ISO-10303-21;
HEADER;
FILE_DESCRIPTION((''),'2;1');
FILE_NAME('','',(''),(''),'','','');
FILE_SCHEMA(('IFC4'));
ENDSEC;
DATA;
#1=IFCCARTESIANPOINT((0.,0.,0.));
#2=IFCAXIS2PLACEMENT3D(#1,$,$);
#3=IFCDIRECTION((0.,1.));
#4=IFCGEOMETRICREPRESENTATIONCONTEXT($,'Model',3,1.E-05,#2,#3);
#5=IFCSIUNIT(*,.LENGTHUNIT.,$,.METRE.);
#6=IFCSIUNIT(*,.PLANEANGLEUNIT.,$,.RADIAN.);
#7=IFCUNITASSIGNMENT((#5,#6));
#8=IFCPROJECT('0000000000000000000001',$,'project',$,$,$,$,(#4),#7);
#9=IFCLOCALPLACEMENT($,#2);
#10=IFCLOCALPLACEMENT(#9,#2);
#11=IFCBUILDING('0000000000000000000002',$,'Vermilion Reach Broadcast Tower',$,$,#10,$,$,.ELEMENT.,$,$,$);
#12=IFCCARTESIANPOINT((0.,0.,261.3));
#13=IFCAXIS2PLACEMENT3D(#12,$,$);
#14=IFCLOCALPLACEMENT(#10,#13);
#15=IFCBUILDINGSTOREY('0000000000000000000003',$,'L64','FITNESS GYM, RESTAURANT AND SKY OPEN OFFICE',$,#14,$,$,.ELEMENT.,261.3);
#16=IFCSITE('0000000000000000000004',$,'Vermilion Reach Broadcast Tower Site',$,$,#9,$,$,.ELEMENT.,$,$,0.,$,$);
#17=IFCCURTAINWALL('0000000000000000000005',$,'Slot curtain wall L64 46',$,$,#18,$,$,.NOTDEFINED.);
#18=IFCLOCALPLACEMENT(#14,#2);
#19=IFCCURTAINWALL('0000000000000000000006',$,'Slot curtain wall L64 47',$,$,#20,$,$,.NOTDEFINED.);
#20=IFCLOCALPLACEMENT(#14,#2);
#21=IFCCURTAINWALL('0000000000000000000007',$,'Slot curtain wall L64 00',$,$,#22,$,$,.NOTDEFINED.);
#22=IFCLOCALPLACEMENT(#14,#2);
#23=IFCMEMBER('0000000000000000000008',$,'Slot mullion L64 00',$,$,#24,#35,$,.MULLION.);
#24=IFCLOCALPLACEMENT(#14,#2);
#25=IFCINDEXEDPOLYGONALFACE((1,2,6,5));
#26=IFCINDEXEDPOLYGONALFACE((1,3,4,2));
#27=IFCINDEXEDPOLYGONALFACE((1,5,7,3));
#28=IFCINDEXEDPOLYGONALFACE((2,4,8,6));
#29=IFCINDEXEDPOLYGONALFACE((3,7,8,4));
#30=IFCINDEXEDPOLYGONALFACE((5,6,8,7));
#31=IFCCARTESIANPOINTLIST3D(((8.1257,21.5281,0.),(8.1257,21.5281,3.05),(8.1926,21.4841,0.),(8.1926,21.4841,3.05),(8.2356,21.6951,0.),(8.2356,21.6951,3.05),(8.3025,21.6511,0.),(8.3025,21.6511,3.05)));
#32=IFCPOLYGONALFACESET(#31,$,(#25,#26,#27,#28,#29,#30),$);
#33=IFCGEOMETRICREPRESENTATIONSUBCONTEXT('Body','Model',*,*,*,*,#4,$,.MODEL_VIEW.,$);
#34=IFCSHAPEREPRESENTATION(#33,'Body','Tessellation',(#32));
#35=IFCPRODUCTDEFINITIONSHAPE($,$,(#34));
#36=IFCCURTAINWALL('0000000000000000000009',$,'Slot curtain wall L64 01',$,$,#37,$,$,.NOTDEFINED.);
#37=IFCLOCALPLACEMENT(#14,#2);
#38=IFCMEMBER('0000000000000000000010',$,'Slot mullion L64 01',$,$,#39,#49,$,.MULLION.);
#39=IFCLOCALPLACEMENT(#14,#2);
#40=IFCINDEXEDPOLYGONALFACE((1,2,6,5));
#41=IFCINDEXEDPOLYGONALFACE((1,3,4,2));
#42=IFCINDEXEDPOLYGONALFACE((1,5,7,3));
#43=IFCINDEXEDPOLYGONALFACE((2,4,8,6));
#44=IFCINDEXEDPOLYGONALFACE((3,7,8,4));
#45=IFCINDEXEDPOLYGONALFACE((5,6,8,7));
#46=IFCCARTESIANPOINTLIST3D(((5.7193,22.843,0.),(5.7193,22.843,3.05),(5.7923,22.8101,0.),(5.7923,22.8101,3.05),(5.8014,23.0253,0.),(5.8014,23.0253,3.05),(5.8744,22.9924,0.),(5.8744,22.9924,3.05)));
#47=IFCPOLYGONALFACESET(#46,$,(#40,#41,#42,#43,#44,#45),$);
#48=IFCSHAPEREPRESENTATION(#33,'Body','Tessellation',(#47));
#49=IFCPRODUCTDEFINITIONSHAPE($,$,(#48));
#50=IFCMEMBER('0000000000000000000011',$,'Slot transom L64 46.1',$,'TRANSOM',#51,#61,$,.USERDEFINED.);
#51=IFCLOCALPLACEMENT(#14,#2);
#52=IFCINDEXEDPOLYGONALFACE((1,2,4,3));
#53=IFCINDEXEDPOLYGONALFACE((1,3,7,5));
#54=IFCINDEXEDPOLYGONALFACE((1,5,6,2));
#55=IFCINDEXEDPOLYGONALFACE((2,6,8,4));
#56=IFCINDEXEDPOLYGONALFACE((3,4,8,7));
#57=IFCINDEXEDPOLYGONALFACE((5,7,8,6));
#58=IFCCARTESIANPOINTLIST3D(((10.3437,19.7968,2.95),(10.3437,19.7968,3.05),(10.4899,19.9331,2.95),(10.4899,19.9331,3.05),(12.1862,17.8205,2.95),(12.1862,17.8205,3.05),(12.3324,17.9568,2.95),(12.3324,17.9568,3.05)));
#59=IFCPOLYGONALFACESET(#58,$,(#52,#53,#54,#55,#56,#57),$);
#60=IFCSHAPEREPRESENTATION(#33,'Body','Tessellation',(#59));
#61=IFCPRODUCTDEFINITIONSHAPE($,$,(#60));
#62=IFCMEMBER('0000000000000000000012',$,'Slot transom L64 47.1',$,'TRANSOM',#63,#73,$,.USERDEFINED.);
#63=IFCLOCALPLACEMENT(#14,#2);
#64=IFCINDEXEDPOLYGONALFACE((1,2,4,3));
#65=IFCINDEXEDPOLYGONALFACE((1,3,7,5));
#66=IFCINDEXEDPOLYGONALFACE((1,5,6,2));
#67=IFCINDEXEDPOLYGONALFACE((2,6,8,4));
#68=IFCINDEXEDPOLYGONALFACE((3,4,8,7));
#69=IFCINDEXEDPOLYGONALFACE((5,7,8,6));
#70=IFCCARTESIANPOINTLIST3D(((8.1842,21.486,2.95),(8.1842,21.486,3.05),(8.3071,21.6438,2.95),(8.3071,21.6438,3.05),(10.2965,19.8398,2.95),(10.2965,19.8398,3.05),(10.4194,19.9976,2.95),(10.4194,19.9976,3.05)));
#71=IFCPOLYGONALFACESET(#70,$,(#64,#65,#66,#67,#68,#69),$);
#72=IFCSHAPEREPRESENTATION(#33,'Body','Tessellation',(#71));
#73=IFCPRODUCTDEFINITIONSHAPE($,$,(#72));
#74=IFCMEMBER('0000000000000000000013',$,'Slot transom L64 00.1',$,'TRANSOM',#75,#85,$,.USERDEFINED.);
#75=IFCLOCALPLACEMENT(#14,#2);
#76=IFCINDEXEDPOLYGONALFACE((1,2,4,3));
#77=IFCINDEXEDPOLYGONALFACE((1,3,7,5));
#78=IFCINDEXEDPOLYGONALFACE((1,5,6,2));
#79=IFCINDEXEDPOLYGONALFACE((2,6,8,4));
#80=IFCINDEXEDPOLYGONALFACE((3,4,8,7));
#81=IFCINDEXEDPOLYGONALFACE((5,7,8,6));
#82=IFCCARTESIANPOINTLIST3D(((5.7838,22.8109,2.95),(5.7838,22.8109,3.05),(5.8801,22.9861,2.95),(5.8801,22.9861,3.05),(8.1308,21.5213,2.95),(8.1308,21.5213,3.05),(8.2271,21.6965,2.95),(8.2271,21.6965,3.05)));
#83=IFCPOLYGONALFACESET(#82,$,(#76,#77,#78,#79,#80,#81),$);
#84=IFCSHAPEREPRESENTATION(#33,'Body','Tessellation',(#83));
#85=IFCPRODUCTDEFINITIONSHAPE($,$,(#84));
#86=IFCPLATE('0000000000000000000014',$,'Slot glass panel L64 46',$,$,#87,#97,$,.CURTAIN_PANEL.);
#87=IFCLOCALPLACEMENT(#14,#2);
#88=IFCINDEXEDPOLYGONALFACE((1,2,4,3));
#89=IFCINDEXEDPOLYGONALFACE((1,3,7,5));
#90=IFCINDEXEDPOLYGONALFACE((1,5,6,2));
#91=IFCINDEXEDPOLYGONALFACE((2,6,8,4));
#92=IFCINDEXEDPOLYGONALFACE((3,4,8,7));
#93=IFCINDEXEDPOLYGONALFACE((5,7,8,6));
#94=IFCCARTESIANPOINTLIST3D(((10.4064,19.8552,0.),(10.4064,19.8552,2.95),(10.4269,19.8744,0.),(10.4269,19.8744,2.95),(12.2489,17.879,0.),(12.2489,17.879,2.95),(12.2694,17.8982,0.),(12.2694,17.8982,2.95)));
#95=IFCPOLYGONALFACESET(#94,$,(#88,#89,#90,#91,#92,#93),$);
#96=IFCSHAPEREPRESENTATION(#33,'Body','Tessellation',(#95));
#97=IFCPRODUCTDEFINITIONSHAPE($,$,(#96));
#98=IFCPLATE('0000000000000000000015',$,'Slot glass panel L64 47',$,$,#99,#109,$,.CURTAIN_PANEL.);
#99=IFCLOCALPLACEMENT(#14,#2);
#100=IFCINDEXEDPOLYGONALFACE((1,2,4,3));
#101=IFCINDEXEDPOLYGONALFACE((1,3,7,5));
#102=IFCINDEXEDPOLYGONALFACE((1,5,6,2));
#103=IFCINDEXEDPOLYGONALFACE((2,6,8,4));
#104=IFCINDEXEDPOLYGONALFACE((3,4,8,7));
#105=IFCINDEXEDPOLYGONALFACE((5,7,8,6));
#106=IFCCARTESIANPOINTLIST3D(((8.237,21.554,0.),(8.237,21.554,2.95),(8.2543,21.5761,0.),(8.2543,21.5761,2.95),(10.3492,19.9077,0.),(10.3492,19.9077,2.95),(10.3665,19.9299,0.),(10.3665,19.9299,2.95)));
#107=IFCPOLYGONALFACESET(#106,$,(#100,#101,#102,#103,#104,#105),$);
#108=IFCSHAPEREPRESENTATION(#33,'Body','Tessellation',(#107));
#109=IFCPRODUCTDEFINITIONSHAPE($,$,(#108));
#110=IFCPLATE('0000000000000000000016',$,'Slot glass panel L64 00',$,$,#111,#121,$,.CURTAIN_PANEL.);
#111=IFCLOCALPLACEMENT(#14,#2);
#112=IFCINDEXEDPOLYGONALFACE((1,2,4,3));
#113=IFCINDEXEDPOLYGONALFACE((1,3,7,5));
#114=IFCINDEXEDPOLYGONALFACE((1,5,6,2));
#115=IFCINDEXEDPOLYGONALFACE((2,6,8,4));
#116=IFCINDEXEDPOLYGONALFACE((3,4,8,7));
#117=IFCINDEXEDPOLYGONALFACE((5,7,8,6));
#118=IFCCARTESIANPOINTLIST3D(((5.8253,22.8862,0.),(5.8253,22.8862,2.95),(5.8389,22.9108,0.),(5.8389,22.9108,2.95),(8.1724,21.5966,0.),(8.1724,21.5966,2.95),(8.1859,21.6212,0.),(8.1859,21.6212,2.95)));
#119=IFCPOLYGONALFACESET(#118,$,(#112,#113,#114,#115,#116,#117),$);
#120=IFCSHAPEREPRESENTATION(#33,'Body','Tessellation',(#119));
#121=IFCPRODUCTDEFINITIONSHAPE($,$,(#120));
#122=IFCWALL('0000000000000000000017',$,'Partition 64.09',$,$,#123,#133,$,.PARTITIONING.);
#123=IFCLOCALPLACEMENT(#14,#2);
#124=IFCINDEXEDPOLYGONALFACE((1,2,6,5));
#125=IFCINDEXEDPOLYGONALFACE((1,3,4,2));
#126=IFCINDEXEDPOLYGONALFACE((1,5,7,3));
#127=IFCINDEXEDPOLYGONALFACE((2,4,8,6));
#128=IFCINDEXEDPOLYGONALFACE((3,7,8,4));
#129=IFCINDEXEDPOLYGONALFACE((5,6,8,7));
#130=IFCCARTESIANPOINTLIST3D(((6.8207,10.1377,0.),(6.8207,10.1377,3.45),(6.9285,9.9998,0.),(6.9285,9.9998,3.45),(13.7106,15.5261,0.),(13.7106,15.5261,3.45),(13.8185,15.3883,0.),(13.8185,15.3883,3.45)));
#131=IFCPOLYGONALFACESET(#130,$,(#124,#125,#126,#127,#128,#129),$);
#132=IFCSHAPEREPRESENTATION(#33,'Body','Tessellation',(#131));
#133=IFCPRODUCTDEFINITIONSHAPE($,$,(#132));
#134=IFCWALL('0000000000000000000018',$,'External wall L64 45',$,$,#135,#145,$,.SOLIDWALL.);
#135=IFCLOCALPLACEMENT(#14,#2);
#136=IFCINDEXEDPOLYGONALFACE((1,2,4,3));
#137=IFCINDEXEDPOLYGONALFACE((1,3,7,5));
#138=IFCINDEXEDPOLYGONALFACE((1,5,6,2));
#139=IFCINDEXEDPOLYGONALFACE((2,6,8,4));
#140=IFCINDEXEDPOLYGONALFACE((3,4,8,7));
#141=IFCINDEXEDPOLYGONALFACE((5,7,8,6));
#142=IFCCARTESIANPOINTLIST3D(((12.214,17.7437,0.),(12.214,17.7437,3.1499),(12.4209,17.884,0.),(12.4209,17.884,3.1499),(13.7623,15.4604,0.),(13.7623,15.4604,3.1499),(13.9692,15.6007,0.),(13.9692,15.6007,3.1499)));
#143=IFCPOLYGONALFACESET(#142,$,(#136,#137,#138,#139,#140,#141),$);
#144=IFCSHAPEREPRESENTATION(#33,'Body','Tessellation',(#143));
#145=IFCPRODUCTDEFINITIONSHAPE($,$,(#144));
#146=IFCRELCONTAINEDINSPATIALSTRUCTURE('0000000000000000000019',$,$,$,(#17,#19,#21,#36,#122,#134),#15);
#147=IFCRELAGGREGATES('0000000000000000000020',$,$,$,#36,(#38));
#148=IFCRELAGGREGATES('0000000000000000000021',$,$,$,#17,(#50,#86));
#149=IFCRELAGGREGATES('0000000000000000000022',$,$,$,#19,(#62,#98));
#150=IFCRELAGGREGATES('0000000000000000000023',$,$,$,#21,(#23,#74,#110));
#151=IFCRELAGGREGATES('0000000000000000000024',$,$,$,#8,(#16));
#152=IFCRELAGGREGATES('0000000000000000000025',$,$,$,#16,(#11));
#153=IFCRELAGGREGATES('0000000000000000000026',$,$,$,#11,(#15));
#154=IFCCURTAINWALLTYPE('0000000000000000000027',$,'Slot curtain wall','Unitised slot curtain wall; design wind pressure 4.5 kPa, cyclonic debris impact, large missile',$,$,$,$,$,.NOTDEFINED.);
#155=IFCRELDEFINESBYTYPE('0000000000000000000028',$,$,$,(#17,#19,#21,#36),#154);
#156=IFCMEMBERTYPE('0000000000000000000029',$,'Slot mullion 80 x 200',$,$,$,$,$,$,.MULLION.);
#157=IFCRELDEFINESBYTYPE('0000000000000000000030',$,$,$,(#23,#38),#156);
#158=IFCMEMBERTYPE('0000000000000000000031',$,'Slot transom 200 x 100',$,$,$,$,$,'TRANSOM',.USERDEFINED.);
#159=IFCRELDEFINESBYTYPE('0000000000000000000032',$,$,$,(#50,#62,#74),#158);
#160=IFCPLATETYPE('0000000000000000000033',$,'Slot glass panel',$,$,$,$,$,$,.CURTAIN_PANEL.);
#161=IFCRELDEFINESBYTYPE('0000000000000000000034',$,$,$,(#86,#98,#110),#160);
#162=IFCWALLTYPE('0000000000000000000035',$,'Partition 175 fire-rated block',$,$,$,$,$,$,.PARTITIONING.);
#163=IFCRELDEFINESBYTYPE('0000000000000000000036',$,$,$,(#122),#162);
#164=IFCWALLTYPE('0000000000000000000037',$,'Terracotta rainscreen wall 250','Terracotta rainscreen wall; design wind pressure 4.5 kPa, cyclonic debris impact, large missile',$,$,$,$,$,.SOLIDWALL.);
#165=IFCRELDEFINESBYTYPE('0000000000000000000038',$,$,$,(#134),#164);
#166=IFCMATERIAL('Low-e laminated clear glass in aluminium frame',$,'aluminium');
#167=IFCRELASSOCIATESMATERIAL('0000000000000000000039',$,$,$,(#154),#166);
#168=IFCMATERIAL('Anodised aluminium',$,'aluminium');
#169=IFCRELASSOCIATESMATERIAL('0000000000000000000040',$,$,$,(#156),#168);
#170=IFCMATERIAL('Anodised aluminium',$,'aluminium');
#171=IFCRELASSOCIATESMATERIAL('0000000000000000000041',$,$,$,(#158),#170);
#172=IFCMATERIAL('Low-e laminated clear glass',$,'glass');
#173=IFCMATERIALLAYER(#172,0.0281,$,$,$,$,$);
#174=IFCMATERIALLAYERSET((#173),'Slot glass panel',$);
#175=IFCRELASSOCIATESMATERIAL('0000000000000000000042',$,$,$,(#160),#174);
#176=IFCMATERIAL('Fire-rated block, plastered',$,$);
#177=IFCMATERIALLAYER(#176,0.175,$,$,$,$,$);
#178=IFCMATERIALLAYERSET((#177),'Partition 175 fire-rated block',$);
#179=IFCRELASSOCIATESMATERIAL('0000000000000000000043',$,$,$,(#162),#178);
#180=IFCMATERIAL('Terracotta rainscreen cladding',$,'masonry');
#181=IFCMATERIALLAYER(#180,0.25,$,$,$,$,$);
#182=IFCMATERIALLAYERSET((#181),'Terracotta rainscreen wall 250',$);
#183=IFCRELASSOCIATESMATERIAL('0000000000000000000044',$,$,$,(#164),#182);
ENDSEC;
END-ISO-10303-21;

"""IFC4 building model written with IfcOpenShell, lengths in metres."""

from ifc_helpers import new_model, si_unit, direction, frame, frame_2d, origin, origin_2d, place, context, subcontext, project, spatial, rectangle, extrude, material, layer, layer_set, material_profile, profile_set, type_object, element, aggregate, save


model = new_model("IFC4")

# Units and contexts
model_context = context("Model", 3, precision=1e-05, world=origin(), true_north=direction((0.0, 1.0)))
body_context = subcontext(model_context, "Body", "Model", "MODEL_VIEW")
ifc_project = project(units=[si_unit("LENGTHUNIT", "METRE"), si_unit("PLANEANGLEUNIT", "RADIAN")], contexts=[model_context])

# Site, building, storey
site_placement = place(None, origin())
site = spatial("IfcSite", under=ifc_project, at=site_placement, Name="Vermilion Reach Broadcast Tower Site", CompositionType="ELEMENT", RefElevation=0.0)
building_placement = place(site_placement, origin())
building = spatial("IfcBuilding", under=site, at=building_placement, Name="Vermilion Reach Broadcast Tower", CompositionType="ELEMENT")
storey_placement = place(building_placement, frame((0.0, 0.0, 261.3)))
storey = spatial("IfcBuildingStorey", under=building, at=storey_placement, Name="L64", Description="FITNESS GYM, RESTAURANT AND SKY OPEN OFFICE", CompositionType="ELEMENT", Elevation=261.3)

# Curtain walls, members
ifc_material_1 = material(Name="Low-e laminated clear glass in aluminium frame", Category="aluminium")
curtain_wall_type = type_object("IfcCurtainWallType", Name="Slot curtain wall", Description="Unitised slot curtain wall; design wind pressure 4.5 kPa, cyclonic debris impact, large missile", PredefinedType="NOTDEFINED", material=ifc_material_1)
placement = place(storey_placement, origin())
curtain_wall_1 = element("IfcCurtainWall", 1, at=placement, inside=storey, type_object=curtain_wall_type, Name="Slot curtain wall L64 46", PredefinedType="NOTDEFINED")
ifc_material_2 = material(Name="Anodised aluminium", Category="aluminium")
ifc_material_profile_1 = material_profile(ifc_material_2, rectangle(XDim=0.2, YDim=0.0801, at=origin_2d()), Name="Slot mullion 80 x 200")
ifc_profile_set_1 = profile_set([ifc_material_profile_1], Name="Anodised aluminium")
member_type_1 = type_object("IfcMemberType", Name="Slot mullion 80 x 200", PredefinedType="MULLION", material=ifc_profile_set_1)
curtain_wall_2 = element("IfcCurtainWall", 2, at=placement, inside=storey, type_object=curtain_wall_type, Name="Slot curtain wall L64 47", PredefinedType="NOTDEFINED")
curtain_wall_3 = element("IfcCurtainWall", 3, at=placement, inside=storey, type_object=curtain_wall_type, Name="Slot curtain wall L64 00", PredefinedType="NOTDEFINED")
member_1_placement = place(storey_placement, frame((8.2141, 21.5896, 0.0), z_axis=(0.0, 0.0, 1.0), x_axis=(-0.549898, -0.835232, 0.0)))
member_1 = element("IfcMember", 4, at=member_1_placement, type_object=member_type_1, Name="Slot mullion L64 00", PredefinedType="MULLION", context=body_context, shape_type="SweptSolid", body=[
    extrude(rectangle(XDim=0.2, YDim=0.0801, at=origin_2d()), origin(), (0.0, 0.0, 1.0), 3.05),
])
curtain_wall_4 = element("IfcCurtainWall", 5, at=placement, inside=storey, type_object=curtain_wall_type, Name="Slot curtain wall L64 01", PredefinedType="NOTDEFINED")
member_2_placement = place(storey_placement, frame((5.7969, 22.9177, 0.0), z_axis=(0.0, 0.0, 1.0), x_axis=(-0.410736, -0.911754, 0.0)))
member_2 = element("IfcMember", 6, at=member_2_placement, type_object=member_type_1, Name="Slot mullion L64 01", PredefinedType="MULLION", context=body_context, shape_type="SweptSolid", body=[
    extrude(rectangle(XDim=0.2, YDim=0.0801, at=origin_2d()), origin(), (0.0, 0.0, 1.0), 3.05),
])
aggregate(curtain_wall_4, [member_2])

# Members
ifc_material_3 = material(Name="Anodised aluminium", Category="aluminium")
ifc_material_profile_2 = material_profile(ifc_material_3, rectangle(XDim=0.2, YDim=0.1001, at=origin_2d()), Name="Slot transom 200 x 100")
ifc_profile_set_2 = profile_set([ifc_material_profile_2], Name="Anodised aluminium")
member_type_2 = type_object("IfcMemberType", Name="Slot transom 200 x 100", ElementType="TRANSOM", PredefinedType="USERDEFINED", material=ifc_profile_set_2)
member_3_placement = place(storey_placement, frame((12.2593, 17.8887, 3.0), z_axis=(-0.681916, 0.731431, 0.0), x_axis=(-0.731431, -0.681916, 0.0)))
member_3 = element("IfcMember", 7, at=member_3_placement, type_object=member_type_2, Name="Slot transom L64 46.1", ObjectType="TRANSOM", PredefinedType="USERDEFINED", context=body_context, shape_type="SweptSolid", body=[
    extrude(rectangle(XDim=0.2, YDim=0.1001, at=origin_2d()), origin(), (0.0, 0.0, 1.0), 2.7019),
])
member_4_placement = place(storey_placement, frame((10.3579, 19.9187, 3.0), z_axis=(-0.788748, 0.614717, 0.0), x_axis=(-0.614717, -0.788748, 0.0)))
member_4 = element("IfcMember", 8, at=member_4_placement, type_object=member_type_2, Name="Slot transom L64 47.1", ObjectType="TRANSOM", PredefinedType="USERDEFINED", context=body_context, shape_type="SweptSolid", body=[
    extrude(rectangle(XDim=0.2, YDim=0.1001, at=origin_2d()), origin(), (0.0, 0.0, 1.0), 2.678),
])
member_5_placement = place(storey_placement, frame((8.179, 21.6089, 3.0), z_axis=(-0.876414, 0.481558, 0.0), x_axis=(-0.481558, -0.876414, 0.0)))
member_5 = element("IfcMember", 9, at=member_5_placement, type_object=member_type_2, Name="Slot transom L64 00.1", ObjectType="TRANSOM", PredefinedType="USERDEFINED", context=body_context, shape_type="SweptSolid", body=[
    extrude(rectangle(XDim=0.2, YDim=0.1001, at=origin_2d()), origin(), (0.0, 0.0, 1.0), 2.678),
])

# Plates
ifc_material_4 = material(Name="Low-e laminated clear glass", Category="glass")
ifc_layer_1 = layer(ifc_material_4, 0.0281)
ifc_layer_set_1 = layer_set([ifc_layer_1], Name="Slot glass panel")
plate_type = type_object("IfcPlateType", Name="Slot glass panel", PredefinedType="CURTAIN_PANEL", material=ifc_layer_set_1)
plate_1_placement = place(storey_placement, frame((11.3379, 18.8767, 0.0), z_axis=(0.0, 0.0, 1.0), x_axis=(-0.68194, 0.731408, 0.0)))
plate_1 = element("IfcPlate", 10, at=plate_1_placement, type_object=plate_type, Name="Slot glass panel L64 46", PredefinedType="CURTAIN_PANEL", context=body_context, shape_type="SweptSolid", body=[
    extrude(rectangle(XDim=2.7019, YDim=0.0281, at=origin_2d()), origin(), (0.0, 0.0, 1.0), 2.95),
])
aggregate(curtain_wall_1, [member_3, plate_1])
plate_2_placement = place(storey_placement, frame((9.3018, 20.7419, 0.0), z_axis=(0.0, 0.0, 1.0), x_axis=(-0.788727, 0.614743, 0.0)))
plate_2 = element("IfcPlate", 11, at=plate_2_placement, type_object=plate_type, Name="Slot glass panel L64 47", PredefinedType="CURTAIN_PANEL", context=body_context, shape_type="SweptSolid", body=[
    extrude(rectangle(XDim=2.678, YDim=0.0281, at=origin_2d()), origin(), (0.0, 0.0, 1.0), 2.95),
])
aggregate(curtain_wall_2, [member_4, plate_2])
plate_3_placement = place(storey_placement, frame((7.0056, 22.2537, 0.0), z_axis=(0.0, 0.0, 1.0), x_axis=(-0.876418, 0.481551, 0.0)))
plate_3 = element("IfcPlate", 12, at=plate_3_placement, type_object=plate_type, Name="Slot glass panel L64 00", PredefinedType="CURTAIN_PANEL", context=body_context, shape_type="SweptSolid", body=[
    extrude(rectangle(XDim=2.678, YDim=0.0281, at=origin_2d()), origin(), (0.0, 0.0, 1.0), 2.95),
])
aggregate(curtain_wall_3, [member_1, member_5, plate_3])

# Wall
ifc_material_5 = material(Name="Fire-rated block, plastered")
ifc_layer_2 = layer(ifc_material_5, 0.175)
ifc_layer_set_2 = layer_set([ifc_layer_2], Name="Partition 175 fire-rated block")
wall_type_1 = type_object("IfcWallType", Name="Partition 175 fire-rated block", PredefinedType="PARTITIONING", material=ifc_layer_set_2)
wall_1_placement = place(storey_placement, frame((13.7646, 15.4573, 0.0), z_axis=(0.0, 0.0, 1.0), x_axis=(-0.787708, -0.616049, 0.0)))
element("IfcWall", 13, at=wall_1_placement, inside=storey, type_object=wall_type_1, Name="Partition 64.09", PredefinedType="PARTITIONING", context=body_context, shape_type="SweptSolid", body=[
    extrude(rectangle(XDim=8.7468, YDim=0.175, at=frame_2d((4.3735, 0.0))), origin(), (0.0, 0.0, 1.0), 3.45),
])

# Shared definitions
ifc_material_6 = material(Name="Terracotta rainscreen cladding", Category="masonry")
ifc_layer_3 = layer(ifc_material_6, 0.25)
ifc_layer_set_3 = layer_set([ifc_layer_3], Name="Terracotta rainscreen wall 250")
wall_type_2 = type_object("IfcWallType", Name="Terracotta rainscreen wall 250", Description="Terracotta rainscreen wall; design wind pressure 4.5 kPa, cyclonic debris impact, large missile", PredefinedType="SOLIDWALL", material=ifc_layer_set_3)

# Wall
wall_2_placement = place(storey_placement, frame((13.8657, 15.5305, 0.0), z_axis=(0.0, 0.0, 1.0), x_axis=(-0.561218, 0.827668, 0.0)))
element("IfcWall", 14, at=wall_2_placement, inside=storey, type_object=wall_type_2, Name="External wall L64 45", PredefinedType="SOLIDWALL", context=body_context, shape_type="SweptSolid", body=[
    extrude(rectangle(XDim=2.7588, YDim=0.25, at=frame_2d((1.3794, 0.0))), origin(), (0.0, 0.0, 1.0), 3.1499),
])

save(model, "model.ifc")
